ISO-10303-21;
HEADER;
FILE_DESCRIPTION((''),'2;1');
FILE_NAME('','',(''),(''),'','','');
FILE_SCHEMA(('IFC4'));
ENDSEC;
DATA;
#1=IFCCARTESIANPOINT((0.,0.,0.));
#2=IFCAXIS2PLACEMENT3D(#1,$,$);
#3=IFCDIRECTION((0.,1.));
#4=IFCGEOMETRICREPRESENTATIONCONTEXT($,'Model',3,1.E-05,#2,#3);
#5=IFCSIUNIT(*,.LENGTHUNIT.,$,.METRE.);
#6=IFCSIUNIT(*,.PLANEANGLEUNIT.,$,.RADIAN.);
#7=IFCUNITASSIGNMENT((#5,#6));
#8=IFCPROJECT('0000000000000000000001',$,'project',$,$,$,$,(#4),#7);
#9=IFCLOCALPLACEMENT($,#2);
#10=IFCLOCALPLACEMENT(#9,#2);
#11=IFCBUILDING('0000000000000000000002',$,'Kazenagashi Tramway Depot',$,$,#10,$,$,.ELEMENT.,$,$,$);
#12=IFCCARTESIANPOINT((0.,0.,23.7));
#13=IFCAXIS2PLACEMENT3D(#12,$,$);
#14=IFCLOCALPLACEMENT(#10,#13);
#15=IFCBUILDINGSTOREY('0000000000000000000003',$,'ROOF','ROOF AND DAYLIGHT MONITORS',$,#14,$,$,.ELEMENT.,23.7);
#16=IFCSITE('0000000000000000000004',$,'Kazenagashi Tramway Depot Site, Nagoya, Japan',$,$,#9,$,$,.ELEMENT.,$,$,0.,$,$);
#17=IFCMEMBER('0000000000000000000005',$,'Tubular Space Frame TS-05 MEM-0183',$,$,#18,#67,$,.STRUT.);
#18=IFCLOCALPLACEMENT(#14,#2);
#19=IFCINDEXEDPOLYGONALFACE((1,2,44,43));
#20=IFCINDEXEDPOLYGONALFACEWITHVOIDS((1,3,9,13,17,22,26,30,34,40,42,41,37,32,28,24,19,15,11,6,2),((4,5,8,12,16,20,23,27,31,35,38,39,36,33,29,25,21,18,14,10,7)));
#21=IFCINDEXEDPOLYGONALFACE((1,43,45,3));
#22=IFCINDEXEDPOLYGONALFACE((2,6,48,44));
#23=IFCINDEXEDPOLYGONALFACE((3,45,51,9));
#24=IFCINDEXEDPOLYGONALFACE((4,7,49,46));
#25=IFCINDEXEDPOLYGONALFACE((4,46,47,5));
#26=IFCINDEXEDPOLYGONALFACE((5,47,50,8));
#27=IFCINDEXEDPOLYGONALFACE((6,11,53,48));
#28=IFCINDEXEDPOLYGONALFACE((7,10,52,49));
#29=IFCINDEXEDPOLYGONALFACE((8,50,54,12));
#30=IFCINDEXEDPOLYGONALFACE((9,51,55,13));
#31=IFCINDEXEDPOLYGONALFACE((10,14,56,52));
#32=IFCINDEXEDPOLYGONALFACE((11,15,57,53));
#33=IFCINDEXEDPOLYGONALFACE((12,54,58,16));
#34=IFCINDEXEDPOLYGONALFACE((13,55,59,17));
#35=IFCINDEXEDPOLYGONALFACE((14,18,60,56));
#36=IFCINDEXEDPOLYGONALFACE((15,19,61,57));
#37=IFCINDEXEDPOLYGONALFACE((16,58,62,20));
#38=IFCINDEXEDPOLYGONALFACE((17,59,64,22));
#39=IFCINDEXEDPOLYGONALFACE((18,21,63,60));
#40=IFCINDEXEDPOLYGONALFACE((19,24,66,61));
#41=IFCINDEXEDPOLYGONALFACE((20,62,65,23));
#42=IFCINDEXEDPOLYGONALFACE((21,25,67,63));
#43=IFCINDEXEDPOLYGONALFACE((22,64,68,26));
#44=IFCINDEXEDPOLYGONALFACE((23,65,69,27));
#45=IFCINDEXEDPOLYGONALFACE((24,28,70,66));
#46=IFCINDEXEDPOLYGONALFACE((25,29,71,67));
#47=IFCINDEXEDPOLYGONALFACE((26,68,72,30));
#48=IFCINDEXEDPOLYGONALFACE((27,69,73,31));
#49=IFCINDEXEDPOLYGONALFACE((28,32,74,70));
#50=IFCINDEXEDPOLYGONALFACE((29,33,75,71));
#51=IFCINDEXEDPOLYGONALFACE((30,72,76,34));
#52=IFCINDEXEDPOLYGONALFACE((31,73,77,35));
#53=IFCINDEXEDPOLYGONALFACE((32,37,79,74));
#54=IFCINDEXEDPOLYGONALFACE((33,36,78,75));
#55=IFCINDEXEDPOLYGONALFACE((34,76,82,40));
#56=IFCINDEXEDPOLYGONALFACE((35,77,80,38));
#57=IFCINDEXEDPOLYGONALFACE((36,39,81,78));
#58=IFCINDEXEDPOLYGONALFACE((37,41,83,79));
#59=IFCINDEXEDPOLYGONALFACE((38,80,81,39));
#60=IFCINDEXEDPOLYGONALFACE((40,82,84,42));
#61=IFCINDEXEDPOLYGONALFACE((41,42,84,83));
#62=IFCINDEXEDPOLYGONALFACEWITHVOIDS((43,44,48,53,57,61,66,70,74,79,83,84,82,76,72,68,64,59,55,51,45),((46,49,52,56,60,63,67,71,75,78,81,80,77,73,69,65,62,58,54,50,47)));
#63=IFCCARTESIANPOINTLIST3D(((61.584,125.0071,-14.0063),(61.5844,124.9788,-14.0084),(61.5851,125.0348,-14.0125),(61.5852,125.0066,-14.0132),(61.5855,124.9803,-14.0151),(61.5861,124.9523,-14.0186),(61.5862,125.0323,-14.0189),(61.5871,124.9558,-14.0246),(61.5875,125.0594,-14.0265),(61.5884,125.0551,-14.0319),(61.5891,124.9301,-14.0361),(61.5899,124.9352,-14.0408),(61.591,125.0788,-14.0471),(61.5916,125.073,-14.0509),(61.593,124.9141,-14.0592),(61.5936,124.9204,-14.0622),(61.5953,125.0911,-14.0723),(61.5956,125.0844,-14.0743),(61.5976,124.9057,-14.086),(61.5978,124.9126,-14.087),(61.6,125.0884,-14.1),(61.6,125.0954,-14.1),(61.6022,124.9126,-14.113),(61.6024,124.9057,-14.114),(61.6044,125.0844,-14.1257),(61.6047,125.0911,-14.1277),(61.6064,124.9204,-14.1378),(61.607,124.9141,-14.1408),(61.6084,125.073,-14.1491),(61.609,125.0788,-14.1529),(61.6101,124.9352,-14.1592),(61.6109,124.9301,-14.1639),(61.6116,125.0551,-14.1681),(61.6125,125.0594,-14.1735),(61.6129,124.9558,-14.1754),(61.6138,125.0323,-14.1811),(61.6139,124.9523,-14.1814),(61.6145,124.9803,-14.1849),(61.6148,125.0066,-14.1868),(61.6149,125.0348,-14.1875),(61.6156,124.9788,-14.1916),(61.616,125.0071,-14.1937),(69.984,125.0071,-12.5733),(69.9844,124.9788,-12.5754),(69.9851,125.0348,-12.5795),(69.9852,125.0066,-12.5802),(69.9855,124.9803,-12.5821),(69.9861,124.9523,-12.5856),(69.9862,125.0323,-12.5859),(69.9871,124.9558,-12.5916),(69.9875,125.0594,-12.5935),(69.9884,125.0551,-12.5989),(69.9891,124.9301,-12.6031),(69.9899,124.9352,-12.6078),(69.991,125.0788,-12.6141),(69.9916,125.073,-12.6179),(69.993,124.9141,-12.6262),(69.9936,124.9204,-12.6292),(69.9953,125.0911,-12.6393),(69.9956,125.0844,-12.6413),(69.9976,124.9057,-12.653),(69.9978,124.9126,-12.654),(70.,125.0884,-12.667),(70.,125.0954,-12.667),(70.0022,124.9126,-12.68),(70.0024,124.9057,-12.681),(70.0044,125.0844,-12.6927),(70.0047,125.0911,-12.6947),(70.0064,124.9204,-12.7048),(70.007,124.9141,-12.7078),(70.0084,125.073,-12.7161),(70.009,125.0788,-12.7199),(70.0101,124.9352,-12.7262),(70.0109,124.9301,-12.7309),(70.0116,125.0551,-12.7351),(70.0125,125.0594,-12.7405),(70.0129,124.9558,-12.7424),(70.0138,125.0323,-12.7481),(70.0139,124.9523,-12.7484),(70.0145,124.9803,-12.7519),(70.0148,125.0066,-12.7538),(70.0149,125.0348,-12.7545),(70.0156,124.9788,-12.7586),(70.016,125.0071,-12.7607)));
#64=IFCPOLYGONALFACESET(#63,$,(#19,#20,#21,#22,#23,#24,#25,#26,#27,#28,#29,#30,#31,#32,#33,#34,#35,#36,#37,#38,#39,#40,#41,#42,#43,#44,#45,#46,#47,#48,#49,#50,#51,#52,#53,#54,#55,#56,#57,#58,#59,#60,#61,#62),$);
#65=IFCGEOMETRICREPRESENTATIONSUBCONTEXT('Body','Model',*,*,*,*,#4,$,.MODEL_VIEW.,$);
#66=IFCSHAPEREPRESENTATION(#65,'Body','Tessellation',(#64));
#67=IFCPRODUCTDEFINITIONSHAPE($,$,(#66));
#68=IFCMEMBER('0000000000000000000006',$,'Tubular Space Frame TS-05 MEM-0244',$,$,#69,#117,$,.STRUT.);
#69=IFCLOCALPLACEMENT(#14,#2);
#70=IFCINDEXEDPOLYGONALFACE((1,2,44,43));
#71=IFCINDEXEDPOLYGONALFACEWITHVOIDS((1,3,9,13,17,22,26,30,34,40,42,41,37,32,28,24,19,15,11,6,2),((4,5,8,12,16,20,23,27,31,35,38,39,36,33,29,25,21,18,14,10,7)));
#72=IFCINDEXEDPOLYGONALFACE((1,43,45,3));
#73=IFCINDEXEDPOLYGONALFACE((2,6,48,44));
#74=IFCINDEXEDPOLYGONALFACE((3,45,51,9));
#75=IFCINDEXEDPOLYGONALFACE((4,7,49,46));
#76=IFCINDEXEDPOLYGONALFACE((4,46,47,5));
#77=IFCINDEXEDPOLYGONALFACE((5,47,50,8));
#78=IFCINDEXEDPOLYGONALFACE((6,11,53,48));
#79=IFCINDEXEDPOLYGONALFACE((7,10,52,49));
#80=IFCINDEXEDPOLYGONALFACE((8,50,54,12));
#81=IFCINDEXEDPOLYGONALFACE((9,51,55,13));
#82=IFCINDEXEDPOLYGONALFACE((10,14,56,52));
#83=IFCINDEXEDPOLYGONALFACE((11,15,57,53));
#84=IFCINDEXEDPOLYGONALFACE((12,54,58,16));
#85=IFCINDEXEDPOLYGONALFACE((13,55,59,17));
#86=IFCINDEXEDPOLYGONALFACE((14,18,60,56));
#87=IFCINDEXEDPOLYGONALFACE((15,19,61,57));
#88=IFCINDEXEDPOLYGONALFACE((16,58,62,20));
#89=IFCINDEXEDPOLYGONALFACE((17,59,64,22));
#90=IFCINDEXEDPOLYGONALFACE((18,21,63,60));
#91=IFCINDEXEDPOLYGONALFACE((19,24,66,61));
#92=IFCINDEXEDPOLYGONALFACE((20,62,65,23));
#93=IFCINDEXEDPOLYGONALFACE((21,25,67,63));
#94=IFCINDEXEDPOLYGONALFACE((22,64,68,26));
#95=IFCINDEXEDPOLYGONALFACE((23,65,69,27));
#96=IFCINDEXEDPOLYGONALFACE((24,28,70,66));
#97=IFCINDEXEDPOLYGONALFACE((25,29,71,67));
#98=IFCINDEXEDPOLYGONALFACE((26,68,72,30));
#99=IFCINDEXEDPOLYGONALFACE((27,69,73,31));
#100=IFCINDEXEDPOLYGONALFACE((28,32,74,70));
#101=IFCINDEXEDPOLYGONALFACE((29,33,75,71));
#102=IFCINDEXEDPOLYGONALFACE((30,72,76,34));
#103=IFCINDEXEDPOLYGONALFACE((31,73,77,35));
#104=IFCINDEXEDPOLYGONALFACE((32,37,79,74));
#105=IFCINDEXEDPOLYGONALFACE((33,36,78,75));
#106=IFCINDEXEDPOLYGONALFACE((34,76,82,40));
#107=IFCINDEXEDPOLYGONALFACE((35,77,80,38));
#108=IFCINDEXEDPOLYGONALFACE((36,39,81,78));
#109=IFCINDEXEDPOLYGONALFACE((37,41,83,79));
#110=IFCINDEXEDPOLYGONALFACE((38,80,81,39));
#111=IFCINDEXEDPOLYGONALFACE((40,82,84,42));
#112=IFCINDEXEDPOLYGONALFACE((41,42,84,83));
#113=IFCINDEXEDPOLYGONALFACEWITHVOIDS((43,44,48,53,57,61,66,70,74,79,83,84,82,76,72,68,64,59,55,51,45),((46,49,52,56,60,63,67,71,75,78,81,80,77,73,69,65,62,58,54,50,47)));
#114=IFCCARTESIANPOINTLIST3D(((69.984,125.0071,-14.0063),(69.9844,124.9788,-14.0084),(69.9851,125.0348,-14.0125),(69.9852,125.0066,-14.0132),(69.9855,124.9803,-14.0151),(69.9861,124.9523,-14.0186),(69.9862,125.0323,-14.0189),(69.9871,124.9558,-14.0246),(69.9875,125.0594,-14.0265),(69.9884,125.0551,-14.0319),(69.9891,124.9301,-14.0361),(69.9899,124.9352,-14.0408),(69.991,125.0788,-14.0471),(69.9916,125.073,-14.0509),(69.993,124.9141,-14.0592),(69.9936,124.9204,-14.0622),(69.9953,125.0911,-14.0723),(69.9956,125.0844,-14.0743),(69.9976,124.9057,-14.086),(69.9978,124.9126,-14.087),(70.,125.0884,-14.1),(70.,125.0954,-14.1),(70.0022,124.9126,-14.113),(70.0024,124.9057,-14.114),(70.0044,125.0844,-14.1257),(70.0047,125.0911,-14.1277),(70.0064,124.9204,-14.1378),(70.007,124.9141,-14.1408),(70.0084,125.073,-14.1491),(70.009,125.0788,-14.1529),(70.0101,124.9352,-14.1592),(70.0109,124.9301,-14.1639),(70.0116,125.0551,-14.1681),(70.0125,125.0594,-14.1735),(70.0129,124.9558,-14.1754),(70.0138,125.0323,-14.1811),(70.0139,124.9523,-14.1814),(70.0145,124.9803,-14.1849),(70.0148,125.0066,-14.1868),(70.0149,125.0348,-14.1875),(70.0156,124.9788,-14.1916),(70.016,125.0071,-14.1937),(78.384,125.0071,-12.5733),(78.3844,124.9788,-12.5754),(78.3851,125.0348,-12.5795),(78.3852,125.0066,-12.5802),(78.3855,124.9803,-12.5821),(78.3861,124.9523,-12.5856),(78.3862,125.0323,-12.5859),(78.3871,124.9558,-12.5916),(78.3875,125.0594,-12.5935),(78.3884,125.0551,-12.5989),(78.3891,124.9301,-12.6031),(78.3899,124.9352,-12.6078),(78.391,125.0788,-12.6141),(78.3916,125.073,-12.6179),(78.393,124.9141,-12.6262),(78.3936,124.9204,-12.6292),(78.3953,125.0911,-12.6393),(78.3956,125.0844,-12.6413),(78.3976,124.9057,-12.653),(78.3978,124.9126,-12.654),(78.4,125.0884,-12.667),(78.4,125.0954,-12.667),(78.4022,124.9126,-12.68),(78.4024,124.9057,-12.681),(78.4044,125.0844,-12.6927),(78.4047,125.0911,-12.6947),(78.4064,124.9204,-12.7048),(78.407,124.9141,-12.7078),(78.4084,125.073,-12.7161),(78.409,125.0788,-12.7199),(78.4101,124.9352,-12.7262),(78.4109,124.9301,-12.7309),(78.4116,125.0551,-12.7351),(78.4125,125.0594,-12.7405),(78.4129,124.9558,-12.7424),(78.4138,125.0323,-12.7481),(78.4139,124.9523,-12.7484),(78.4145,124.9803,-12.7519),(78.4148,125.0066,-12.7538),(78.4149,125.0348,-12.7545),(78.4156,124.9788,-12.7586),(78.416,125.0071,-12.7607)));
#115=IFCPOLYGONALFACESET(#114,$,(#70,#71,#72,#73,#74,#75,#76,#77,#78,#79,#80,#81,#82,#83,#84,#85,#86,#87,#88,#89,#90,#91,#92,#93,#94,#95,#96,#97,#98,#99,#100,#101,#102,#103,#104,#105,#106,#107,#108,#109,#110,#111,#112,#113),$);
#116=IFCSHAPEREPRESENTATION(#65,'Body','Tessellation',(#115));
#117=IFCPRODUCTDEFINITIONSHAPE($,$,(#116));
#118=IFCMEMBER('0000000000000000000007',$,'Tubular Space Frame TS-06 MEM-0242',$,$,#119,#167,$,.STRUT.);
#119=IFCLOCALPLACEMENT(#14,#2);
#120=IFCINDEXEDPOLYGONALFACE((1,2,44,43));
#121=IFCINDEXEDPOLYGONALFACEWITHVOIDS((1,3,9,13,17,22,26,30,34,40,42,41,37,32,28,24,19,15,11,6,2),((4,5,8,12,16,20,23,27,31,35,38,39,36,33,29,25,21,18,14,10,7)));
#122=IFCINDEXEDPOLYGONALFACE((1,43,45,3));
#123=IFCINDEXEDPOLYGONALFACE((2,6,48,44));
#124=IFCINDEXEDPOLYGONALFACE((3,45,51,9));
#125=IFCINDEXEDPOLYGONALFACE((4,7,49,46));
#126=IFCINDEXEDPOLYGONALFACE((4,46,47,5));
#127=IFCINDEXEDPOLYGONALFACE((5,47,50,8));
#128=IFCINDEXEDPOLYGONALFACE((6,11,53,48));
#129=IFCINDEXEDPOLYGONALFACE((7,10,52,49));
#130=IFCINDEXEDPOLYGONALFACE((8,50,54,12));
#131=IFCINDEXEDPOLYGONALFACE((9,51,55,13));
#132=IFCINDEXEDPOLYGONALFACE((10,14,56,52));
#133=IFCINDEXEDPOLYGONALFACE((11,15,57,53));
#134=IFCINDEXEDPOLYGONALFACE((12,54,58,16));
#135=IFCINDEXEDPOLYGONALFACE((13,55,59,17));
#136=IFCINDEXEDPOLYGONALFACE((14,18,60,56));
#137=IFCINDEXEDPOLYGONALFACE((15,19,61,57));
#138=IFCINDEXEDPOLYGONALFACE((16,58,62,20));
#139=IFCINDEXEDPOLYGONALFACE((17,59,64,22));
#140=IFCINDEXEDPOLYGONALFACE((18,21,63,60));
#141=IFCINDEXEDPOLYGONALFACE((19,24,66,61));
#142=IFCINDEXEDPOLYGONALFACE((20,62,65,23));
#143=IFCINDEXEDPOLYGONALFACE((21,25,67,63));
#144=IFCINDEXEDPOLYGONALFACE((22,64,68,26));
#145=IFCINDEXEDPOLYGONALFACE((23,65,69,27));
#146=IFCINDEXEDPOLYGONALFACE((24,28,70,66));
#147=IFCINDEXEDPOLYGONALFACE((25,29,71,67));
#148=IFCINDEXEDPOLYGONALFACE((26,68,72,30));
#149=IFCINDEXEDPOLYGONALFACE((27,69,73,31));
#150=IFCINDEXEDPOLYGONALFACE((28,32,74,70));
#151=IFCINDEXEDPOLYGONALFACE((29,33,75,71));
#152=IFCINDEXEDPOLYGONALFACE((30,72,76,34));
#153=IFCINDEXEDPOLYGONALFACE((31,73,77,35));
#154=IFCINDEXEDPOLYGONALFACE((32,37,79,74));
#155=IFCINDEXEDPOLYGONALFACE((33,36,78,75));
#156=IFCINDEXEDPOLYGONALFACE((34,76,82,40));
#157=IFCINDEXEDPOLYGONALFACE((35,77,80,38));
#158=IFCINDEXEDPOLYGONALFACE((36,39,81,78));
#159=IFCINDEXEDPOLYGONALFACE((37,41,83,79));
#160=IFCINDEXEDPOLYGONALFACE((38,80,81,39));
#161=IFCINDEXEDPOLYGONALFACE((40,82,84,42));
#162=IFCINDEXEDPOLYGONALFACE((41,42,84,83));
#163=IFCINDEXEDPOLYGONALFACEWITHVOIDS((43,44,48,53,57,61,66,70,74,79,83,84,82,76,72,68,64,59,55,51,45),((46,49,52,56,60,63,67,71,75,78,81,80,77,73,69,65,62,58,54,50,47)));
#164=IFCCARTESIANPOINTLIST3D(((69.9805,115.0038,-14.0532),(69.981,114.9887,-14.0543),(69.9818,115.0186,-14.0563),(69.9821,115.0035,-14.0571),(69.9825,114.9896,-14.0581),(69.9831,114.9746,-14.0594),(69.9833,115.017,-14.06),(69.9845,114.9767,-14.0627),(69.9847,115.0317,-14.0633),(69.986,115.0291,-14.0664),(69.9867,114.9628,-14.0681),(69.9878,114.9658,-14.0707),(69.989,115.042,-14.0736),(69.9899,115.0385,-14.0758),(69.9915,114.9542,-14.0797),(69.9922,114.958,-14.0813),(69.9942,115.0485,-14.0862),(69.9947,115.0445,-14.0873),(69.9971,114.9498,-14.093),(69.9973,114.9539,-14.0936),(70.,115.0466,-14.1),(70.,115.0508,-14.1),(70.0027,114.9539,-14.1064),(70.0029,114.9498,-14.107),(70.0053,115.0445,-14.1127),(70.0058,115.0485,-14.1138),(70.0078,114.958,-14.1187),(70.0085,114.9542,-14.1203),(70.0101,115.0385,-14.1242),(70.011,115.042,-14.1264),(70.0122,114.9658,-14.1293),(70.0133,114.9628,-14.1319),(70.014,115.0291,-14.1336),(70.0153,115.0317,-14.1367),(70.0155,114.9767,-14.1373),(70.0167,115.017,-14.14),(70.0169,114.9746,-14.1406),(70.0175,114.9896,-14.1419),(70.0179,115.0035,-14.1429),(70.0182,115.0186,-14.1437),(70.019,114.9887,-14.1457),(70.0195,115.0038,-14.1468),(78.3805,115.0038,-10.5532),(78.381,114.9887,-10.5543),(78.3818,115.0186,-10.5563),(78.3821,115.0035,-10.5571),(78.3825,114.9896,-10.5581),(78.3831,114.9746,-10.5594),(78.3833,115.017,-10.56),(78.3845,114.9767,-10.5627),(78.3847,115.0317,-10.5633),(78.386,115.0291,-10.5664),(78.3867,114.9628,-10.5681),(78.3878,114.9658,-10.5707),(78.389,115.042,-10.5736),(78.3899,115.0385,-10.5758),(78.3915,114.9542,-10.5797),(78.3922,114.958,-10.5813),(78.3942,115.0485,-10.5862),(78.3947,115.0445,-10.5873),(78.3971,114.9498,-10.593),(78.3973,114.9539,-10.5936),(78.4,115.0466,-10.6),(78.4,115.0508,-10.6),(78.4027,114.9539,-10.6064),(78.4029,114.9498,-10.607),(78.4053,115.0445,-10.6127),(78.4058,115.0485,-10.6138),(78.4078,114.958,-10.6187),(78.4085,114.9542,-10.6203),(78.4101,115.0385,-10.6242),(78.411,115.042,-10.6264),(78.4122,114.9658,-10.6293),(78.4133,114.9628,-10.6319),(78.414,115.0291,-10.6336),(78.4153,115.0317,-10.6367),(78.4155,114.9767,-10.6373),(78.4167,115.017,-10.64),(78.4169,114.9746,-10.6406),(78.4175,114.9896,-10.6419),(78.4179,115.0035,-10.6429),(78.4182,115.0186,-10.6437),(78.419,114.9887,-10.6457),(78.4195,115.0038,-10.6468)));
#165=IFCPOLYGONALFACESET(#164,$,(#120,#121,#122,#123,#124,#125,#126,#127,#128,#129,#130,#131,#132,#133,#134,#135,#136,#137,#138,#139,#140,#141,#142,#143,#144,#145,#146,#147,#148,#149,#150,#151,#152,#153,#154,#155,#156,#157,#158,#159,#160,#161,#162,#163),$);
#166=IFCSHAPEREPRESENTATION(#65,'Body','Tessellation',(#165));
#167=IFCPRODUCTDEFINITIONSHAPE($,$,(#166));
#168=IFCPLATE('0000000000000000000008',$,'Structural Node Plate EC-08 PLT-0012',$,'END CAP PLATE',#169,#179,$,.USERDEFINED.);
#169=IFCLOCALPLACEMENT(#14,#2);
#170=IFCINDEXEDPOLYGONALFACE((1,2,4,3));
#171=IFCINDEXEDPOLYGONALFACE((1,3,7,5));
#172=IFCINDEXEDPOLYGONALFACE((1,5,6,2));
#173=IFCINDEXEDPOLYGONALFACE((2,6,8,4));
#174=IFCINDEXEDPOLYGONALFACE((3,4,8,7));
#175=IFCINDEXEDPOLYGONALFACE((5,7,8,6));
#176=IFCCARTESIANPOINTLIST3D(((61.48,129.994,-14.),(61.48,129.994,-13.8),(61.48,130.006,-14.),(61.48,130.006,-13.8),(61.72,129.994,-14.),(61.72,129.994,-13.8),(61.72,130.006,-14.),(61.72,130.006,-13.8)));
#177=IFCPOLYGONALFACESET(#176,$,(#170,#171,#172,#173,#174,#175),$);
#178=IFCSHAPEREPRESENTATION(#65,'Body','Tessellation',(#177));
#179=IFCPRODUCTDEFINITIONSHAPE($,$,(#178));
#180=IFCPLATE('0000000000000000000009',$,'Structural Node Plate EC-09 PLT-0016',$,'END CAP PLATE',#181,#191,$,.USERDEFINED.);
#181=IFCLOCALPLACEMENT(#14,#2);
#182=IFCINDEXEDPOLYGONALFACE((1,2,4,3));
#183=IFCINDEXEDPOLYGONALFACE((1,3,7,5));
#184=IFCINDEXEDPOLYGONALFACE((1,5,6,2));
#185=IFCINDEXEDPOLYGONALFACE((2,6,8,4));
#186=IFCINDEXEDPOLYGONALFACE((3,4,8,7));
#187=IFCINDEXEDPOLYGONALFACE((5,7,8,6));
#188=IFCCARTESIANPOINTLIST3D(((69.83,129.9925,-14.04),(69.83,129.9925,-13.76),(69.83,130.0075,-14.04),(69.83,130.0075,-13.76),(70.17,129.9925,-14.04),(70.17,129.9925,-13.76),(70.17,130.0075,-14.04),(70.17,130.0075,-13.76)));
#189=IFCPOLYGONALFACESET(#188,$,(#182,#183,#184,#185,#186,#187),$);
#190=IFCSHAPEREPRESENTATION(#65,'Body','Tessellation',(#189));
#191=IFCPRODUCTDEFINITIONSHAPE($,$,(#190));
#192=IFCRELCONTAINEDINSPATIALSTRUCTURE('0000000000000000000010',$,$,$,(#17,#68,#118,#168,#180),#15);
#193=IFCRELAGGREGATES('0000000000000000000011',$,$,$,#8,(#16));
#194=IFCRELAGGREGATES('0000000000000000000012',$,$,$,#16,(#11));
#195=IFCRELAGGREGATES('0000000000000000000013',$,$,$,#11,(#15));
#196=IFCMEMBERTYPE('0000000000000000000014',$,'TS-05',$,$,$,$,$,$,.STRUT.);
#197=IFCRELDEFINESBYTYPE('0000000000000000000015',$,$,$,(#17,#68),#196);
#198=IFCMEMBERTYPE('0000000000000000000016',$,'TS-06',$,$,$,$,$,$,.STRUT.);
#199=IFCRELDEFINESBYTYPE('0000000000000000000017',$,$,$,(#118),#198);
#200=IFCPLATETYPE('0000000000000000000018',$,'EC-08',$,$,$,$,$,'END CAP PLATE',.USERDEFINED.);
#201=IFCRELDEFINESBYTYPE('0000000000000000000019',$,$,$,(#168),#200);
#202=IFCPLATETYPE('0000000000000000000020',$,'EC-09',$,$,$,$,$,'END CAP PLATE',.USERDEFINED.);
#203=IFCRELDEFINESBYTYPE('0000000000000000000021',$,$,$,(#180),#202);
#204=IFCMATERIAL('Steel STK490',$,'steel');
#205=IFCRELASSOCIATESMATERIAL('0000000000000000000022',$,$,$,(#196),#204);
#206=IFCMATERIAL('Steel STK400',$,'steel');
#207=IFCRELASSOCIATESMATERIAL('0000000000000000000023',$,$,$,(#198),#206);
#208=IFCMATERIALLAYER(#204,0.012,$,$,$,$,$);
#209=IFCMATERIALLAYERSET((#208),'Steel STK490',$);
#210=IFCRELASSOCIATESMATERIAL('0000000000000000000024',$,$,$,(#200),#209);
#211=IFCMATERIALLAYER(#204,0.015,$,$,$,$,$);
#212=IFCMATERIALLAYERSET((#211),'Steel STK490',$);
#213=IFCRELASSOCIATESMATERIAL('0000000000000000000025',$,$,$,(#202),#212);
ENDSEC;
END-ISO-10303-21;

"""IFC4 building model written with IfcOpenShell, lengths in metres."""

from ifc_helpers import new_model, si_unit, direction, frame, origin, origin_2d, place, context, subcontext, project, spatial, rectangle, hollow_circle, extrude, material, layer, layer_set, material_profile, profile_set, type_object, element, save


model = new_model("IFC4")

# Units and contexts
model_context = context("Model", 3, precision=1e-05, world=origin(), true_north=direction((0.0, 1.0)))
body_context = subcontext(model_context, "Body", "Model", "MODEL_VIEW")
ifc_project = project(units=[si_unit("LENGTHUNIT", "METRE"), si_unit("PLANEANGLEUNIT", "RADIAN")], contexts=[model_context])

# Site, building, storey
site_placement = place(None, origin())
site = spatial("IfcSite", under=ifc_project, at=site_placement, Name="Kazenagashi Tramway Depot Site, Nagoya, Japan", CompositionType="ELEMENT", RefElevation=0.0)
building_placement = place(site_placement, origin())
building = spatial("IfcBuilding", under=site, at=building_placement, Name="Kazenagashi Tramway Depot", CompositionType="ELEMENT")
storey_placement = place(building_placement, frame((0.0, 0.0, 23.7)))
storey = spatial("IfcBuildingStorey", under=building, at=storey_placement, Name="ROOF", Description="ROOF AND DAYLIGHT MONITORS", CompositionType="ELEMENT", Elevation=23.7)

# Members
ifc_material_1 = material(Name="Steel STK490", Category="steel")
ifc_material_profile_1 = material_profile(ifc_material_1, hollow_circle(Radius=0.0954, WallThickness=0.007, at=origin_2d()), Name="CHS-190.7x7.0")
ifc_profile_set_1 = profile_set([ifc_material_profile_1], Name="Steel STK490")
member_type_1 = type_object("IfcMemberType", Name="TS-05", PredefinedType="STRUT", material=ifc_profile_set_1)
for number, where, z_axis, x_axis, name in (
    (1, (61.6, 125.0, -14.1), (0.985759, 0.0, 0.168166), (0.0, 1.0, 0.0), "Tubular Space Frame TS-05 MEM-0183"),
    (2, (70.0, 125.0, -14.1), (0.985759, 0.0, 0.168166), (0.0, 1.0, 0.0), "Tubular Space Frame TS-05 MEM-0244"),
):
    element("IfcMember", number, at=place(storey_placement, frame(where, z_axis=z_axis, x_axis=x_axis)), inside=storey, type_object=member_type_1, Name=name, PredefinedType="STRUT", context=body_context, shape_type="SweptSolid", body=[
        extrude(hollow_circle(Radius=0.0954, WallThickness=0.007, at=origin_2d()), origin(), (0.0, 0.0, 1.0), 8.5214),
    ])
ifc_material_2 = material(Name="Steel STK400", Category="steel")
ifc_material_profile_2 = material_profile(ifc_material_2, hollow_circle(Radius=0.0508, WallThickness=0.0042, at=origin_2d()), Name="CHS-101.6x4.2")
ifc_profile_set_2 = profile_set([ifc_material_profile_2], Name="Steel STK400")
member_type_2 = type_object("IfcMemberType", Name="TS-06", PredefinedType="STRUT", material=ifc_profile_set_2)
member_1_placement = place(storey_placement, frame((70.0, 115.0, -14.1), z_axis=(0.923077, 0.0, 0.384615), x_axis=(0.0, 1.0, 0.0)))
element("IfcMember", 3, at=member_1_placement, inside=storey, type_object=member_type_2, Name="Tubular Space Frame TS-06 MEM-0242", PredefinedType="STRUT", context=body_context, shape_type="SweptSolid", body=[
    extrude(hollow_circle(Radius=0.0508, WallThickness=0.0042, at=origin_2d()), origin(), (0.0, 0.0, 1.0), 9.1),
])

# Plates
ifc_layer_1 = layer(ifc_material_1, 0.012)
ifc_layer_set_1 = layer_set([ifc_layer_1], Name="Steel STK490")
plate_type_1 = type_object("IfcPlateType", Name="EC-08", ElementType="END CAP PLATE", PredefinedType="USERDEFINED", material=ifc_layer_set_1)
plate_1_placement = place(storey_placement, frame((61.6, 130.0, -14.0), z_axis=(0.0, 0.0, 1.0), x_axis=(1.0, 0.0, 0.0)))
element("IfcPlate", 4, at=plate_1_placement, inside=storey, type_object=plate_type_1, Name="Structural Node Plate EC-08 PLT-0012", ObjectType="END CAP PLATE", PredefinedType="USERDEFINED", context=body_context, shape_type="SweptSolid", body=[
    extrude(rectangle(XDim=0.24, YDim=0.012, at=origin_2d()), origin(), (0.0, 0.0, 1.0), 0.2),
])
ifc_layer_2 = layer(ifc_material_1, 0.015)
ifc_layer_set_2 = layer_set([ifc_layer_2], Name="Steel STK490")
plate_type_2 = type_object("IfcPlateType", Name="EC-09", ElementType="END CAP PLATE", PredefinedType="USERDEFINED", material=ifc_layer_set_2)
plate_2_placement = place(storey_placement, frame((70.0, 130.0, -14.04), z_axis=(0.0, 0.0, 1.0), x_axis=(1.0, 0.0, 0.0)))
element("IfcPlate", 5, at=plate_2_placement, inside=storey, type_object=plate_type_2, Name="Structural Node Plate EC-09 PLT-0016", ObjectType="END CAP PLATE", PredefinedType="USERDEFINED", context=body_context, shape_type="SweptSolid", body=[
    extrude(rectangle(XDim=0.34, YDim=0.015, at=origin_2d()), origin(), (0.0, 0.0, 1.0), 0.28),
])

save(model, "model.ifc")
